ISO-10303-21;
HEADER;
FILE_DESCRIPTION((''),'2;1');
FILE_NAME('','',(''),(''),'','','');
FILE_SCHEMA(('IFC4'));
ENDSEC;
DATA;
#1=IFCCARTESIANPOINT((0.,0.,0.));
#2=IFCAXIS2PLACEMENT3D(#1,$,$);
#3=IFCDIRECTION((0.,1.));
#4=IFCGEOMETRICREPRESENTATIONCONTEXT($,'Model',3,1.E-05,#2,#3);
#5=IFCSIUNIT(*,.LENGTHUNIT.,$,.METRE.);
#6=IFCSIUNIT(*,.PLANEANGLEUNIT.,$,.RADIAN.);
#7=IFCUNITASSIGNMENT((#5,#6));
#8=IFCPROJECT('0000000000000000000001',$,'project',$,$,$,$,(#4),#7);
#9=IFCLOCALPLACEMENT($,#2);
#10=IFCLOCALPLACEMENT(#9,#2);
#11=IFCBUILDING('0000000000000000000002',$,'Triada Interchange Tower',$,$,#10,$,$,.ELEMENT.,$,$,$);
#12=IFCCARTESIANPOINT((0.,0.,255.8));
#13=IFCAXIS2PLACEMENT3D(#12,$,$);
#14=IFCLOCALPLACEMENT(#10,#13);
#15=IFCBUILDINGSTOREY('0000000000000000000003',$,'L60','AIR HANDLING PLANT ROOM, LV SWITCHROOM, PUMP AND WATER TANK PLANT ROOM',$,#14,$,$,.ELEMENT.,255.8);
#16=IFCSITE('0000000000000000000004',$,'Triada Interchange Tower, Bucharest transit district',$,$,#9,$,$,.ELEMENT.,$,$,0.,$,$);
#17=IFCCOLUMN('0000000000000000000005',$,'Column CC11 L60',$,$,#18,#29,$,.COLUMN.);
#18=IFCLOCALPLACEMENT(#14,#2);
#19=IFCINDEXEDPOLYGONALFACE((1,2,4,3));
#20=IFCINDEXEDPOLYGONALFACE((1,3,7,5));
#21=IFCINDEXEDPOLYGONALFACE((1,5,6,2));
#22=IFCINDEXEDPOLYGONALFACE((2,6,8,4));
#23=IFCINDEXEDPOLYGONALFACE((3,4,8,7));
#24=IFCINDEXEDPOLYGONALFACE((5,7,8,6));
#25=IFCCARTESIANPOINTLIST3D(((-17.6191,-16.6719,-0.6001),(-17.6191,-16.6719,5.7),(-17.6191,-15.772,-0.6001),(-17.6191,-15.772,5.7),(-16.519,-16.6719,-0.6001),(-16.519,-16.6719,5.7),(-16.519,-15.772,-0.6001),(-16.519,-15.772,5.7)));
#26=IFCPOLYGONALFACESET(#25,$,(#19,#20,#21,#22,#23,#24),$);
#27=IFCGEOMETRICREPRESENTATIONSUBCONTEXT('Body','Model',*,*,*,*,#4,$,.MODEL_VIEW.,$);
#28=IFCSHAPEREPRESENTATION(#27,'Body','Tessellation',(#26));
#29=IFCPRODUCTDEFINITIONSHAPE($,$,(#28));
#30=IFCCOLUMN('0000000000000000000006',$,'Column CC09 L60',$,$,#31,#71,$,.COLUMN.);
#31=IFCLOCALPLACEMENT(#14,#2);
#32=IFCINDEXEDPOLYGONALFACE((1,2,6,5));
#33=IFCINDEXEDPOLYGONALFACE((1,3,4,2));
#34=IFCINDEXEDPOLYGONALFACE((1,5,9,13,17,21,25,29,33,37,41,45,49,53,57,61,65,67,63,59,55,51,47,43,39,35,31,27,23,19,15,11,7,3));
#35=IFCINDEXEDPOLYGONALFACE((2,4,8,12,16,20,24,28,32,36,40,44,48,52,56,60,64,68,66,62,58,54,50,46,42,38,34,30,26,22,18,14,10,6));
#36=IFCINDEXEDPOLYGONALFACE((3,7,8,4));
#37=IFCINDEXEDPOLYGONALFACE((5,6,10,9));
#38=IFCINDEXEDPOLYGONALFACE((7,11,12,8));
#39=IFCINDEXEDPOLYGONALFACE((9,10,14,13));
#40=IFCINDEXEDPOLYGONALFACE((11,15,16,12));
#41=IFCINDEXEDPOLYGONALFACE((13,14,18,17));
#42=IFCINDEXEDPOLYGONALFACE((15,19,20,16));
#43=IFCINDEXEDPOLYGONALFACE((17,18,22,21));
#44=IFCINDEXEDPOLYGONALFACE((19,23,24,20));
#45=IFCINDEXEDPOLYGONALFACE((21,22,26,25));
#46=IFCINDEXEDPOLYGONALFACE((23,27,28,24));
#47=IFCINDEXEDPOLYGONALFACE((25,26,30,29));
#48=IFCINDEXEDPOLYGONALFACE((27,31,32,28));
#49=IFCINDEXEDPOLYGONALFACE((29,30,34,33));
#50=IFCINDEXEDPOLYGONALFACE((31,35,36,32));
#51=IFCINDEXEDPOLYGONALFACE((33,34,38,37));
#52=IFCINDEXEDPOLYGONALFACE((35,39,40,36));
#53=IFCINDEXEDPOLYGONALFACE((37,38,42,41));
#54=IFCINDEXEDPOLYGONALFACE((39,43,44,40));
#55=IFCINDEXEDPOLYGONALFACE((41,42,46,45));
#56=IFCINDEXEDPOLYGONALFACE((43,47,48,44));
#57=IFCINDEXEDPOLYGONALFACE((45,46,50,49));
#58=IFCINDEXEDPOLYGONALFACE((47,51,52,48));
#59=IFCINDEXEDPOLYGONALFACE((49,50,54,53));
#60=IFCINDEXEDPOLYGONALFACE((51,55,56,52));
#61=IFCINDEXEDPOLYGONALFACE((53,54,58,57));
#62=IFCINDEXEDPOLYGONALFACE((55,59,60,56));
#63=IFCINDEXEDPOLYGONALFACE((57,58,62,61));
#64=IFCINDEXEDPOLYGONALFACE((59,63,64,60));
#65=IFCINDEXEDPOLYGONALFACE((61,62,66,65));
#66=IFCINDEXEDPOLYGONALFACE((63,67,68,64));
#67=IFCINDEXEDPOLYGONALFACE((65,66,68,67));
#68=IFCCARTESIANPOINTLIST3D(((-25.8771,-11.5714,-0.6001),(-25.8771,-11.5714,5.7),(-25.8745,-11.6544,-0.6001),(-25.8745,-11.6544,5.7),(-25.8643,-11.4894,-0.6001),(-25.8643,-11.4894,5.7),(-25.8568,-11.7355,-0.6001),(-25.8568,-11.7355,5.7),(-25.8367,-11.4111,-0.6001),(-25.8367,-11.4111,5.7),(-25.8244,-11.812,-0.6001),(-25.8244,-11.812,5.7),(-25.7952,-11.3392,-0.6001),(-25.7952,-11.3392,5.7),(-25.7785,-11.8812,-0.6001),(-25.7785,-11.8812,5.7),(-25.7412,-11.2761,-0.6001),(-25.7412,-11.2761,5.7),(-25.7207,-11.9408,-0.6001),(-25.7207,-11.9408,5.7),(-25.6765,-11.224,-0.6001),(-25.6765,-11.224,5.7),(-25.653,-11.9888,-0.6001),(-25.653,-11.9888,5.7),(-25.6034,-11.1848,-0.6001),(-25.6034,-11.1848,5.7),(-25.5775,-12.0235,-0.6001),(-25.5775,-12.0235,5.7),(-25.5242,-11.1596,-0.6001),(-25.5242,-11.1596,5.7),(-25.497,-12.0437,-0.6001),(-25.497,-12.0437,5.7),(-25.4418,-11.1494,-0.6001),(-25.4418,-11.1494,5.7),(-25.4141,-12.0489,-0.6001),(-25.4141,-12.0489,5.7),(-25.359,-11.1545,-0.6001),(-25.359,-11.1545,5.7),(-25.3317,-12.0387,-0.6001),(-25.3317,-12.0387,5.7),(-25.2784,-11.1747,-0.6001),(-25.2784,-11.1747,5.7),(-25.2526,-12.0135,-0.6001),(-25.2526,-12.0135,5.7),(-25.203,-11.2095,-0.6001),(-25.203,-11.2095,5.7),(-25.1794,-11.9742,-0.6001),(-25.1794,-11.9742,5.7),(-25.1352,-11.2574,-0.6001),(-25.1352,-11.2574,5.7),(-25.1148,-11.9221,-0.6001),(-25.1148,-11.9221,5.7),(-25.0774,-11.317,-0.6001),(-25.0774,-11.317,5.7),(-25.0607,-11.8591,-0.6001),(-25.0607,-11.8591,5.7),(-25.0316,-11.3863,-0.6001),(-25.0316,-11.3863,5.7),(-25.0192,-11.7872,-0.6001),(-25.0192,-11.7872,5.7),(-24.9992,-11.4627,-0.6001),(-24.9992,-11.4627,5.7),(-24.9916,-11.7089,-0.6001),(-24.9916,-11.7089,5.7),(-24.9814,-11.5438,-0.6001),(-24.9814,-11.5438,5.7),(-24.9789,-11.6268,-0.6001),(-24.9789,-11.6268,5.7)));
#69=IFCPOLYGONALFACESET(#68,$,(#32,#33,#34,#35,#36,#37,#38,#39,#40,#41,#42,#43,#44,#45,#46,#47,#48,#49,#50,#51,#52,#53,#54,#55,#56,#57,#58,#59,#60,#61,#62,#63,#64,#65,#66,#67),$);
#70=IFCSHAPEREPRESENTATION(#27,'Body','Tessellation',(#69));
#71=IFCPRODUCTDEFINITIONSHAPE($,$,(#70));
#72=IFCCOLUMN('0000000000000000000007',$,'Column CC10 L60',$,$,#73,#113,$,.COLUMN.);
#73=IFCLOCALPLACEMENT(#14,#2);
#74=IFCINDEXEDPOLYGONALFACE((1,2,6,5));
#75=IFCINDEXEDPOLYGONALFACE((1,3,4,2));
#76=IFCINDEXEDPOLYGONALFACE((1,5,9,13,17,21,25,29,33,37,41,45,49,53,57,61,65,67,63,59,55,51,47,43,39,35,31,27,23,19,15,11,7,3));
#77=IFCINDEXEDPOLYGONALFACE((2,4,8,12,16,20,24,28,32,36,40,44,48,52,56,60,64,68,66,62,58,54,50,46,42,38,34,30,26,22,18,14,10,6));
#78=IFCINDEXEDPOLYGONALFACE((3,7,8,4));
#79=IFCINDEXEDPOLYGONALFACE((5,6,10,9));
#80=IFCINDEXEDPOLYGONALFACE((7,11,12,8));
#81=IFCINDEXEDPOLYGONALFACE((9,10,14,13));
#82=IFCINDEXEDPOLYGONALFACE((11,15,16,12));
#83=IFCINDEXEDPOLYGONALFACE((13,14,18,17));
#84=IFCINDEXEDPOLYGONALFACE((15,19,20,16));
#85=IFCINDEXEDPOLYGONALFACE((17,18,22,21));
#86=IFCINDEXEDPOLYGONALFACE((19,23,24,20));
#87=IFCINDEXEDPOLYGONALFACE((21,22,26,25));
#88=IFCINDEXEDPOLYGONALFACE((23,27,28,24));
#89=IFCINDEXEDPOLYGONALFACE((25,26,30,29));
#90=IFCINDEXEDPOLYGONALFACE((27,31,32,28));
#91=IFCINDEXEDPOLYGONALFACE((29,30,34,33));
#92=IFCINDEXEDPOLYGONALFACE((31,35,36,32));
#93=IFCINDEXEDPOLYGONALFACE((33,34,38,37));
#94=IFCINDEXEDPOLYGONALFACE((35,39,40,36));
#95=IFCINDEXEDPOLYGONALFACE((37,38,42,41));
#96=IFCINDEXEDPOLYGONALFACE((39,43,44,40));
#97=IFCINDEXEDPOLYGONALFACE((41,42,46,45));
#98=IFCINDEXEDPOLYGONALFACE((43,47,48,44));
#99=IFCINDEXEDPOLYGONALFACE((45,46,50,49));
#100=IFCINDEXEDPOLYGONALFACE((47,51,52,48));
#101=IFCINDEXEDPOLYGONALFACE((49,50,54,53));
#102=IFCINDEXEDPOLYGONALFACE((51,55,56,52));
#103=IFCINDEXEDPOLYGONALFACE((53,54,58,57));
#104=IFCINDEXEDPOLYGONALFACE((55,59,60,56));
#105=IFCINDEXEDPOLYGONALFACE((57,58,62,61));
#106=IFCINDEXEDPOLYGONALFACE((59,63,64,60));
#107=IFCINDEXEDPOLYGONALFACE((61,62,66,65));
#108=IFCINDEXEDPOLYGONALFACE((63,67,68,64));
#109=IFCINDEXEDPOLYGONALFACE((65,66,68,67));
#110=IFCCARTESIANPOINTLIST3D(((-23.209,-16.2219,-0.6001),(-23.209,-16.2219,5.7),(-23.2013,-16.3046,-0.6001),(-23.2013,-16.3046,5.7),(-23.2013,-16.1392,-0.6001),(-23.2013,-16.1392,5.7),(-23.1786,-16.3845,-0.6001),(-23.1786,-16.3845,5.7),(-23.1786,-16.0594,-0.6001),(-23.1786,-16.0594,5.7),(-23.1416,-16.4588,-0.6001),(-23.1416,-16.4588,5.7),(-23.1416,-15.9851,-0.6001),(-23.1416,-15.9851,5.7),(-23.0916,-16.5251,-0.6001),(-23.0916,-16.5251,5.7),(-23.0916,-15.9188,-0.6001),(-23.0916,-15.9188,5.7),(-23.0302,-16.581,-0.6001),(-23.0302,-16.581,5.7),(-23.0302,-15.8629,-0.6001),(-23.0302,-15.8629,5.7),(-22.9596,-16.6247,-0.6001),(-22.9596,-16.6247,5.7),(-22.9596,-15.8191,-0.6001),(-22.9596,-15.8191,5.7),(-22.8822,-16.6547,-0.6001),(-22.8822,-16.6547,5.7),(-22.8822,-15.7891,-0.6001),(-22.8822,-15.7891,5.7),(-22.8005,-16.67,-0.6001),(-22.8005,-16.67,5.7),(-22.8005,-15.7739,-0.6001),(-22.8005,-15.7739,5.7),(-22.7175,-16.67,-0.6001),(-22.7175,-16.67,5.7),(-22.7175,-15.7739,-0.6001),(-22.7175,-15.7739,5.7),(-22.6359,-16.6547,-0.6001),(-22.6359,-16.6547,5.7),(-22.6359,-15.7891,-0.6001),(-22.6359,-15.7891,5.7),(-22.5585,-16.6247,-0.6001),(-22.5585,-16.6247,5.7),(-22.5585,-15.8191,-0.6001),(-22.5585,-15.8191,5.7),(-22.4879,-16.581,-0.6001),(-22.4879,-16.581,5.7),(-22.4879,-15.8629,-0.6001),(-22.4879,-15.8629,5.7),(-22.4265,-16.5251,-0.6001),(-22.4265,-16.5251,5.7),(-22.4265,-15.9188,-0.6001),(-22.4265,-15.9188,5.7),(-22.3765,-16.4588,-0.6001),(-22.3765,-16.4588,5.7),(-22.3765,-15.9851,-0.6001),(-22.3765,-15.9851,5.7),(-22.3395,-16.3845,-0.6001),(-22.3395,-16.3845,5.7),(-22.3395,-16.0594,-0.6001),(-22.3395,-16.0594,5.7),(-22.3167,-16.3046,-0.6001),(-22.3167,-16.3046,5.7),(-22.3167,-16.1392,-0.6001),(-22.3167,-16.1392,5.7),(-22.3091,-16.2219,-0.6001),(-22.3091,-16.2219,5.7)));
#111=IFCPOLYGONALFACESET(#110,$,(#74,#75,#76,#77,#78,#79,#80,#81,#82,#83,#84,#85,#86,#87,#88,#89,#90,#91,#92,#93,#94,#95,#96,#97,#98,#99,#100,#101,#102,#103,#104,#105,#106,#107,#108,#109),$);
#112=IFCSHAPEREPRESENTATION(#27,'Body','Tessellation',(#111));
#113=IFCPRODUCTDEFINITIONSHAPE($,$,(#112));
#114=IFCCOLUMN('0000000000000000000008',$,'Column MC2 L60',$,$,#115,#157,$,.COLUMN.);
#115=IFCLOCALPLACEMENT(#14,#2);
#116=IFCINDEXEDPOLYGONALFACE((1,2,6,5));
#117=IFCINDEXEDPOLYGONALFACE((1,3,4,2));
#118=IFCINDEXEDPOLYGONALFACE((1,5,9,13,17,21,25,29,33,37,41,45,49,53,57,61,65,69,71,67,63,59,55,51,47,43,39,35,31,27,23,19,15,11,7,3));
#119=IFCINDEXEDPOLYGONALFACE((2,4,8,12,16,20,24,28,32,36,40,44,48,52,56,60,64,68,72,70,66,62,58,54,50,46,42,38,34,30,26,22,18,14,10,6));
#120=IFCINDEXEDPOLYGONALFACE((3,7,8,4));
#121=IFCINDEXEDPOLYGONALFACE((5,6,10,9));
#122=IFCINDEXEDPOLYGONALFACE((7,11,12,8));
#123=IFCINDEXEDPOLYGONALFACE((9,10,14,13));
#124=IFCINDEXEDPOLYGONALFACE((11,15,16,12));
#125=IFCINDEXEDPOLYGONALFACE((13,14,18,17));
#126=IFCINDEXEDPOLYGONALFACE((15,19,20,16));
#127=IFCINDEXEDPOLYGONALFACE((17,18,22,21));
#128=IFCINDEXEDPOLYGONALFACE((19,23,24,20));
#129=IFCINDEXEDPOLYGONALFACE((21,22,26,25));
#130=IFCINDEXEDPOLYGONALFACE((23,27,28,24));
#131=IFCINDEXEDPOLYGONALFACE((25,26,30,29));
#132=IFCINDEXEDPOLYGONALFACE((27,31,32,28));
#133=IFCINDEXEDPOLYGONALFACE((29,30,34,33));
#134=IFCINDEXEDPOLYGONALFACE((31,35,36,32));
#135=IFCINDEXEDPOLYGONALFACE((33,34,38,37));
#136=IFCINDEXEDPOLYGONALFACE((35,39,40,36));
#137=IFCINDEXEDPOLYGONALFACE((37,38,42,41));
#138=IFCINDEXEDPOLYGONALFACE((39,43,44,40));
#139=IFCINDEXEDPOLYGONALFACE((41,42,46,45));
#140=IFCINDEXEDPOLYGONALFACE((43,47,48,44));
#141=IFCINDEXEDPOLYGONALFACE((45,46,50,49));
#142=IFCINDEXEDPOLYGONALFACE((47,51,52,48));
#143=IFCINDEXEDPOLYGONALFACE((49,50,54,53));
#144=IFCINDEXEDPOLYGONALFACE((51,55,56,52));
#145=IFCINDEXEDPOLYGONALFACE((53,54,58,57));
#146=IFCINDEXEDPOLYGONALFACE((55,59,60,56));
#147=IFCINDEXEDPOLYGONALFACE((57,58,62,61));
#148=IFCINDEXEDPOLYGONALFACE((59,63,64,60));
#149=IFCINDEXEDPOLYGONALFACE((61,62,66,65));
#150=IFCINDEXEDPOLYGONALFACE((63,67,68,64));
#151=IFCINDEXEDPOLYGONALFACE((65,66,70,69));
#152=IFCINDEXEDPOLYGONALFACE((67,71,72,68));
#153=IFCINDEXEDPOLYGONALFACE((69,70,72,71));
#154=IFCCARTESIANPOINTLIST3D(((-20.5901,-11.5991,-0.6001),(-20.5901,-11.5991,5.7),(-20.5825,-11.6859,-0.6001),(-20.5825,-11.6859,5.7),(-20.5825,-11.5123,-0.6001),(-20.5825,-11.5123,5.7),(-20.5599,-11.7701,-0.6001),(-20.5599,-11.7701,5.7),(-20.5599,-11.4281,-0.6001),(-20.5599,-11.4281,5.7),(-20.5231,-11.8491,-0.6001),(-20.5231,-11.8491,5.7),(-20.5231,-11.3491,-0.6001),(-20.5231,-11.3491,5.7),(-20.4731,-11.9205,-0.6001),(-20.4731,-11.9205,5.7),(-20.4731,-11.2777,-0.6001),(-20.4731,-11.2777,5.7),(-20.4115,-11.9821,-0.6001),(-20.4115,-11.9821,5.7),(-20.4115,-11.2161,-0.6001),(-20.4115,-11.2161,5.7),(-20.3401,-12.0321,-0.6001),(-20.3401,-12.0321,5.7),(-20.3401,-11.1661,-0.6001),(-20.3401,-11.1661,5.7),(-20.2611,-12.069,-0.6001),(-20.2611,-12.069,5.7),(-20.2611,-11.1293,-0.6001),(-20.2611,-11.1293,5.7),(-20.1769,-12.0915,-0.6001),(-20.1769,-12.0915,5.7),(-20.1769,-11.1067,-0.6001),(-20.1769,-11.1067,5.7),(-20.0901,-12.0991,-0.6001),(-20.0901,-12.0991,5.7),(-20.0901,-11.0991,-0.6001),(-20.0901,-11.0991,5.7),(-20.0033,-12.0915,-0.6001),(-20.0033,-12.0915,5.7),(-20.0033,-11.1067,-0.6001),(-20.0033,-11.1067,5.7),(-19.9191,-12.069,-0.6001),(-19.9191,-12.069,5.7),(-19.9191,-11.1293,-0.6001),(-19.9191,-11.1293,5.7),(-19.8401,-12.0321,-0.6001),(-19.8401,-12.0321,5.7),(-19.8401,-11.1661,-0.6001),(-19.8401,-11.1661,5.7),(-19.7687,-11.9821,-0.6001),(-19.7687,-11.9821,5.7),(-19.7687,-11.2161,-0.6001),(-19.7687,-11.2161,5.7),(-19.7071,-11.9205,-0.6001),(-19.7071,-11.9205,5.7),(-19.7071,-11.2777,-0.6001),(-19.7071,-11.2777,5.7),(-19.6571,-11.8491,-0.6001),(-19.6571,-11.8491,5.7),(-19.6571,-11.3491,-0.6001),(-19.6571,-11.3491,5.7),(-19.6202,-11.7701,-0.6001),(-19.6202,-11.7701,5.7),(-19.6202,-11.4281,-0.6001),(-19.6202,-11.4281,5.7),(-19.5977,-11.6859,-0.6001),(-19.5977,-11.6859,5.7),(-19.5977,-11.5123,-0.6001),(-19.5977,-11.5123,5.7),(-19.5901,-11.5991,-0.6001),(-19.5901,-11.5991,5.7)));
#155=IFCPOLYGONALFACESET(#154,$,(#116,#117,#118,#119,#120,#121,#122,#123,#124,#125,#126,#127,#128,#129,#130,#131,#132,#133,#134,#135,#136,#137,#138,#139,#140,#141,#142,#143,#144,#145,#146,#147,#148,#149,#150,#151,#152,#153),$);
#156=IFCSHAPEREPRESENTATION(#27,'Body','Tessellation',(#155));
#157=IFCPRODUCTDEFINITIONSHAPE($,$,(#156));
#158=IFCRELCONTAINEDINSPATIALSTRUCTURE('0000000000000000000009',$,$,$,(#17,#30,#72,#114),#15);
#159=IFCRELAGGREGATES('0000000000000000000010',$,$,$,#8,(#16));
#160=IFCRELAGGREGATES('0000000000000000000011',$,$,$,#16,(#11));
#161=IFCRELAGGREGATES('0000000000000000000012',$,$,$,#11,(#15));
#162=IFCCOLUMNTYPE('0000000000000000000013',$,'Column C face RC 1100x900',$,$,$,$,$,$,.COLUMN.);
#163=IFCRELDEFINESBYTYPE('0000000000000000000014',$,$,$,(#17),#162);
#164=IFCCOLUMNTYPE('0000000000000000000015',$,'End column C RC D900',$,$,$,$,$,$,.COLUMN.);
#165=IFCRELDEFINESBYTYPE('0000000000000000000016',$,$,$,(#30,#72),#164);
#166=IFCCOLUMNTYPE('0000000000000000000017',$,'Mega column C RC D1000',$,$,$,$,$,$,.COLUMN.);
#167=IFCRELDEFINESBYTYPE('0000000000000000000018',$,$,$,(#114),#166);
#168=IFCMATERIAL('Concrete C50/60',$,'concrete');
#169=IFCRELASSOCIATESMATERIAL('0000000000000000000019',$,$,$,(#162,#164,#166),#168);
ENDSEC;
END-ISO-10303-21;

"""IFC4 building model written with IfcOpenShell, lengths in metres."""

from ifc_helpers import new_model, si_unit, direction, frame, origin, origin_2d, place, context, subcontext, project, spatial, rectangle, circle, extrude, material, material_profile, profile_set, type_object, element, save


model = new_model("IFC4")

# Units and contexts
model_context = context("Model", 3, precision=1e-05, world=origin(), true_north=direction((0.0, 1.0)))
body_context = subcontext(model_context, "Body", "Model", "MODEL_VIEW")
ifc_project = project(units=[si_unit("LENGTHUNIT", "METRE"), si_unit("PLANEANGLEUNIT", "RADIAN")], contexts=[model_context])

# Site, building, storey
site_placement = place(None, origin())
site = spatial("IfcSite", under=ifc_project, at=site_placement, Name="Triada Interchange Tower, Bucharest transit district", CompositionType="ELEMENT", RefElevation=0.0)
building_placement = place(site_placement, origin())
building = spatial("IfcBuilding", under=site, at=building_placement, Name="Triada Interchange Tower", CompositionType="ELEMENT")
storey_placement = place(building_placement, frame((0.0, 0.0, 255.8)))
storey = spatial("IfcBuildingStorey", under=building, at=storey_placement, Name="L60", Description="AIR HANDLING PLANT ROOM, LV SWITCHROOM, PUMP AND WATER TANK PLANT ROOM", CompositionType="ELEMENT", Elevation=255.8)

# Columns
ifc_material_1 = material(Name="Concrete C50/60", Category="concrete")
ifc_material_profile_1 = material_profile(ifc_material_1, rectangle(XDim=1.1001, YDim=0.8999, at=origin_2d()), Name="RC 1100x900")
ifc_profile_set_1 = profile_set([ifc_material_profile_1], Name="Concrete C50/60")
column_type_1 = type_object("IfcColumnType", Name="Column C face RC 1100x900", PredefinedType="COLUMN", material=ifc_profile_set_1)
column_1_placement = place(storey_placement, frame((-17.0691, -16.2219, -0.6001), z_axis=(0.0, 0.0, 1.0), x_axis=(1.0, 0.0, 0.0)))
element("IfcColumn", 1, at=column_1_placement, inside=storey, type_object=column_type_1, Name="Column CC11 L60", PredefinedType="COLUMN", context=body_context, shape_type="SweptSolid", body=[
    extrude(rectangle(XDim=1.1001, YDim=0.8999, at=origin_2d()), origin(), (0.0, 0.0, 1.0), 6.3),
])
ifc_material_profile_2 = material_profile(ifc_material_1, circle(Radius=0.45, at=origin_2d()), Name="RC D900")
ifc_profile_set_2 = profile_set([ifc_material_profile_2], Name="Concrete C50/60")
column_type_2 = type_object("IfcColumnType", Name="End column C RC D900", PredefinedType="COLUMN", material=ifc_profile_set_2)
for number, where, z_axis, x_axis, name in (
    (2, (-25.428, -11.5991, -0.6001), (0.0, 0.0, 1.0), (0.5, 0.866025, 0.0), "Column CC09 L60"),
    (3, (-22.759, -16.2219, -0.6001), (0.0, 0.0, 1.0), (1.0, 0.0, 0.0), "Column CC10 L60"),
):
    element("IfcColumn", number, at=place(storey_placement, frame(where, z_axis=z_axis, x_axis=x_axis)), inside=storey, type_object=column_type_2, Name=name, PredefinedType="COLUMN", context=body_context, shape_type="SweptSolid", body=[
        extrude(circle(Radius=0.45, at=origin_2d()), origin(), (0.0, 0.0, 1.0), 6.3),
    ])
ifc_material_profile_3 = material_profile(ifc_material_1, circle(Radius=0.5, at=origin_2d()), Name="RC D1000")
ifc_profile_set_3 = profile_set([ifc_material_profile_3], Name="Concrete C50/60")
column_type_3 = type_object("IfcColumnType", Name="Mega column C RC D1000", PredefinedType="COLUMN", material=ifc_profile_set_3)
column_2_placement = place(storey_placement, frame((-20.0901, -11.5991, -0.6001), z_axis=(0.0, 0.0, 1.0), x_axis=(1.0, 0.0, 0.0)))
element("IfcColumn", 4, at=column_2_placement, inside=storey, type_object=column_type_3, Name="Column MC2 L60", PredefinedType="COLUMN", context=body_context, shape_type="SweptSolid", body=[
    extrude(circle(Radius=0.5, at=origin_2d()), origin(), (0.0, 0.0, 1.0), 6.3),
])

save(model, "model.ifc")
